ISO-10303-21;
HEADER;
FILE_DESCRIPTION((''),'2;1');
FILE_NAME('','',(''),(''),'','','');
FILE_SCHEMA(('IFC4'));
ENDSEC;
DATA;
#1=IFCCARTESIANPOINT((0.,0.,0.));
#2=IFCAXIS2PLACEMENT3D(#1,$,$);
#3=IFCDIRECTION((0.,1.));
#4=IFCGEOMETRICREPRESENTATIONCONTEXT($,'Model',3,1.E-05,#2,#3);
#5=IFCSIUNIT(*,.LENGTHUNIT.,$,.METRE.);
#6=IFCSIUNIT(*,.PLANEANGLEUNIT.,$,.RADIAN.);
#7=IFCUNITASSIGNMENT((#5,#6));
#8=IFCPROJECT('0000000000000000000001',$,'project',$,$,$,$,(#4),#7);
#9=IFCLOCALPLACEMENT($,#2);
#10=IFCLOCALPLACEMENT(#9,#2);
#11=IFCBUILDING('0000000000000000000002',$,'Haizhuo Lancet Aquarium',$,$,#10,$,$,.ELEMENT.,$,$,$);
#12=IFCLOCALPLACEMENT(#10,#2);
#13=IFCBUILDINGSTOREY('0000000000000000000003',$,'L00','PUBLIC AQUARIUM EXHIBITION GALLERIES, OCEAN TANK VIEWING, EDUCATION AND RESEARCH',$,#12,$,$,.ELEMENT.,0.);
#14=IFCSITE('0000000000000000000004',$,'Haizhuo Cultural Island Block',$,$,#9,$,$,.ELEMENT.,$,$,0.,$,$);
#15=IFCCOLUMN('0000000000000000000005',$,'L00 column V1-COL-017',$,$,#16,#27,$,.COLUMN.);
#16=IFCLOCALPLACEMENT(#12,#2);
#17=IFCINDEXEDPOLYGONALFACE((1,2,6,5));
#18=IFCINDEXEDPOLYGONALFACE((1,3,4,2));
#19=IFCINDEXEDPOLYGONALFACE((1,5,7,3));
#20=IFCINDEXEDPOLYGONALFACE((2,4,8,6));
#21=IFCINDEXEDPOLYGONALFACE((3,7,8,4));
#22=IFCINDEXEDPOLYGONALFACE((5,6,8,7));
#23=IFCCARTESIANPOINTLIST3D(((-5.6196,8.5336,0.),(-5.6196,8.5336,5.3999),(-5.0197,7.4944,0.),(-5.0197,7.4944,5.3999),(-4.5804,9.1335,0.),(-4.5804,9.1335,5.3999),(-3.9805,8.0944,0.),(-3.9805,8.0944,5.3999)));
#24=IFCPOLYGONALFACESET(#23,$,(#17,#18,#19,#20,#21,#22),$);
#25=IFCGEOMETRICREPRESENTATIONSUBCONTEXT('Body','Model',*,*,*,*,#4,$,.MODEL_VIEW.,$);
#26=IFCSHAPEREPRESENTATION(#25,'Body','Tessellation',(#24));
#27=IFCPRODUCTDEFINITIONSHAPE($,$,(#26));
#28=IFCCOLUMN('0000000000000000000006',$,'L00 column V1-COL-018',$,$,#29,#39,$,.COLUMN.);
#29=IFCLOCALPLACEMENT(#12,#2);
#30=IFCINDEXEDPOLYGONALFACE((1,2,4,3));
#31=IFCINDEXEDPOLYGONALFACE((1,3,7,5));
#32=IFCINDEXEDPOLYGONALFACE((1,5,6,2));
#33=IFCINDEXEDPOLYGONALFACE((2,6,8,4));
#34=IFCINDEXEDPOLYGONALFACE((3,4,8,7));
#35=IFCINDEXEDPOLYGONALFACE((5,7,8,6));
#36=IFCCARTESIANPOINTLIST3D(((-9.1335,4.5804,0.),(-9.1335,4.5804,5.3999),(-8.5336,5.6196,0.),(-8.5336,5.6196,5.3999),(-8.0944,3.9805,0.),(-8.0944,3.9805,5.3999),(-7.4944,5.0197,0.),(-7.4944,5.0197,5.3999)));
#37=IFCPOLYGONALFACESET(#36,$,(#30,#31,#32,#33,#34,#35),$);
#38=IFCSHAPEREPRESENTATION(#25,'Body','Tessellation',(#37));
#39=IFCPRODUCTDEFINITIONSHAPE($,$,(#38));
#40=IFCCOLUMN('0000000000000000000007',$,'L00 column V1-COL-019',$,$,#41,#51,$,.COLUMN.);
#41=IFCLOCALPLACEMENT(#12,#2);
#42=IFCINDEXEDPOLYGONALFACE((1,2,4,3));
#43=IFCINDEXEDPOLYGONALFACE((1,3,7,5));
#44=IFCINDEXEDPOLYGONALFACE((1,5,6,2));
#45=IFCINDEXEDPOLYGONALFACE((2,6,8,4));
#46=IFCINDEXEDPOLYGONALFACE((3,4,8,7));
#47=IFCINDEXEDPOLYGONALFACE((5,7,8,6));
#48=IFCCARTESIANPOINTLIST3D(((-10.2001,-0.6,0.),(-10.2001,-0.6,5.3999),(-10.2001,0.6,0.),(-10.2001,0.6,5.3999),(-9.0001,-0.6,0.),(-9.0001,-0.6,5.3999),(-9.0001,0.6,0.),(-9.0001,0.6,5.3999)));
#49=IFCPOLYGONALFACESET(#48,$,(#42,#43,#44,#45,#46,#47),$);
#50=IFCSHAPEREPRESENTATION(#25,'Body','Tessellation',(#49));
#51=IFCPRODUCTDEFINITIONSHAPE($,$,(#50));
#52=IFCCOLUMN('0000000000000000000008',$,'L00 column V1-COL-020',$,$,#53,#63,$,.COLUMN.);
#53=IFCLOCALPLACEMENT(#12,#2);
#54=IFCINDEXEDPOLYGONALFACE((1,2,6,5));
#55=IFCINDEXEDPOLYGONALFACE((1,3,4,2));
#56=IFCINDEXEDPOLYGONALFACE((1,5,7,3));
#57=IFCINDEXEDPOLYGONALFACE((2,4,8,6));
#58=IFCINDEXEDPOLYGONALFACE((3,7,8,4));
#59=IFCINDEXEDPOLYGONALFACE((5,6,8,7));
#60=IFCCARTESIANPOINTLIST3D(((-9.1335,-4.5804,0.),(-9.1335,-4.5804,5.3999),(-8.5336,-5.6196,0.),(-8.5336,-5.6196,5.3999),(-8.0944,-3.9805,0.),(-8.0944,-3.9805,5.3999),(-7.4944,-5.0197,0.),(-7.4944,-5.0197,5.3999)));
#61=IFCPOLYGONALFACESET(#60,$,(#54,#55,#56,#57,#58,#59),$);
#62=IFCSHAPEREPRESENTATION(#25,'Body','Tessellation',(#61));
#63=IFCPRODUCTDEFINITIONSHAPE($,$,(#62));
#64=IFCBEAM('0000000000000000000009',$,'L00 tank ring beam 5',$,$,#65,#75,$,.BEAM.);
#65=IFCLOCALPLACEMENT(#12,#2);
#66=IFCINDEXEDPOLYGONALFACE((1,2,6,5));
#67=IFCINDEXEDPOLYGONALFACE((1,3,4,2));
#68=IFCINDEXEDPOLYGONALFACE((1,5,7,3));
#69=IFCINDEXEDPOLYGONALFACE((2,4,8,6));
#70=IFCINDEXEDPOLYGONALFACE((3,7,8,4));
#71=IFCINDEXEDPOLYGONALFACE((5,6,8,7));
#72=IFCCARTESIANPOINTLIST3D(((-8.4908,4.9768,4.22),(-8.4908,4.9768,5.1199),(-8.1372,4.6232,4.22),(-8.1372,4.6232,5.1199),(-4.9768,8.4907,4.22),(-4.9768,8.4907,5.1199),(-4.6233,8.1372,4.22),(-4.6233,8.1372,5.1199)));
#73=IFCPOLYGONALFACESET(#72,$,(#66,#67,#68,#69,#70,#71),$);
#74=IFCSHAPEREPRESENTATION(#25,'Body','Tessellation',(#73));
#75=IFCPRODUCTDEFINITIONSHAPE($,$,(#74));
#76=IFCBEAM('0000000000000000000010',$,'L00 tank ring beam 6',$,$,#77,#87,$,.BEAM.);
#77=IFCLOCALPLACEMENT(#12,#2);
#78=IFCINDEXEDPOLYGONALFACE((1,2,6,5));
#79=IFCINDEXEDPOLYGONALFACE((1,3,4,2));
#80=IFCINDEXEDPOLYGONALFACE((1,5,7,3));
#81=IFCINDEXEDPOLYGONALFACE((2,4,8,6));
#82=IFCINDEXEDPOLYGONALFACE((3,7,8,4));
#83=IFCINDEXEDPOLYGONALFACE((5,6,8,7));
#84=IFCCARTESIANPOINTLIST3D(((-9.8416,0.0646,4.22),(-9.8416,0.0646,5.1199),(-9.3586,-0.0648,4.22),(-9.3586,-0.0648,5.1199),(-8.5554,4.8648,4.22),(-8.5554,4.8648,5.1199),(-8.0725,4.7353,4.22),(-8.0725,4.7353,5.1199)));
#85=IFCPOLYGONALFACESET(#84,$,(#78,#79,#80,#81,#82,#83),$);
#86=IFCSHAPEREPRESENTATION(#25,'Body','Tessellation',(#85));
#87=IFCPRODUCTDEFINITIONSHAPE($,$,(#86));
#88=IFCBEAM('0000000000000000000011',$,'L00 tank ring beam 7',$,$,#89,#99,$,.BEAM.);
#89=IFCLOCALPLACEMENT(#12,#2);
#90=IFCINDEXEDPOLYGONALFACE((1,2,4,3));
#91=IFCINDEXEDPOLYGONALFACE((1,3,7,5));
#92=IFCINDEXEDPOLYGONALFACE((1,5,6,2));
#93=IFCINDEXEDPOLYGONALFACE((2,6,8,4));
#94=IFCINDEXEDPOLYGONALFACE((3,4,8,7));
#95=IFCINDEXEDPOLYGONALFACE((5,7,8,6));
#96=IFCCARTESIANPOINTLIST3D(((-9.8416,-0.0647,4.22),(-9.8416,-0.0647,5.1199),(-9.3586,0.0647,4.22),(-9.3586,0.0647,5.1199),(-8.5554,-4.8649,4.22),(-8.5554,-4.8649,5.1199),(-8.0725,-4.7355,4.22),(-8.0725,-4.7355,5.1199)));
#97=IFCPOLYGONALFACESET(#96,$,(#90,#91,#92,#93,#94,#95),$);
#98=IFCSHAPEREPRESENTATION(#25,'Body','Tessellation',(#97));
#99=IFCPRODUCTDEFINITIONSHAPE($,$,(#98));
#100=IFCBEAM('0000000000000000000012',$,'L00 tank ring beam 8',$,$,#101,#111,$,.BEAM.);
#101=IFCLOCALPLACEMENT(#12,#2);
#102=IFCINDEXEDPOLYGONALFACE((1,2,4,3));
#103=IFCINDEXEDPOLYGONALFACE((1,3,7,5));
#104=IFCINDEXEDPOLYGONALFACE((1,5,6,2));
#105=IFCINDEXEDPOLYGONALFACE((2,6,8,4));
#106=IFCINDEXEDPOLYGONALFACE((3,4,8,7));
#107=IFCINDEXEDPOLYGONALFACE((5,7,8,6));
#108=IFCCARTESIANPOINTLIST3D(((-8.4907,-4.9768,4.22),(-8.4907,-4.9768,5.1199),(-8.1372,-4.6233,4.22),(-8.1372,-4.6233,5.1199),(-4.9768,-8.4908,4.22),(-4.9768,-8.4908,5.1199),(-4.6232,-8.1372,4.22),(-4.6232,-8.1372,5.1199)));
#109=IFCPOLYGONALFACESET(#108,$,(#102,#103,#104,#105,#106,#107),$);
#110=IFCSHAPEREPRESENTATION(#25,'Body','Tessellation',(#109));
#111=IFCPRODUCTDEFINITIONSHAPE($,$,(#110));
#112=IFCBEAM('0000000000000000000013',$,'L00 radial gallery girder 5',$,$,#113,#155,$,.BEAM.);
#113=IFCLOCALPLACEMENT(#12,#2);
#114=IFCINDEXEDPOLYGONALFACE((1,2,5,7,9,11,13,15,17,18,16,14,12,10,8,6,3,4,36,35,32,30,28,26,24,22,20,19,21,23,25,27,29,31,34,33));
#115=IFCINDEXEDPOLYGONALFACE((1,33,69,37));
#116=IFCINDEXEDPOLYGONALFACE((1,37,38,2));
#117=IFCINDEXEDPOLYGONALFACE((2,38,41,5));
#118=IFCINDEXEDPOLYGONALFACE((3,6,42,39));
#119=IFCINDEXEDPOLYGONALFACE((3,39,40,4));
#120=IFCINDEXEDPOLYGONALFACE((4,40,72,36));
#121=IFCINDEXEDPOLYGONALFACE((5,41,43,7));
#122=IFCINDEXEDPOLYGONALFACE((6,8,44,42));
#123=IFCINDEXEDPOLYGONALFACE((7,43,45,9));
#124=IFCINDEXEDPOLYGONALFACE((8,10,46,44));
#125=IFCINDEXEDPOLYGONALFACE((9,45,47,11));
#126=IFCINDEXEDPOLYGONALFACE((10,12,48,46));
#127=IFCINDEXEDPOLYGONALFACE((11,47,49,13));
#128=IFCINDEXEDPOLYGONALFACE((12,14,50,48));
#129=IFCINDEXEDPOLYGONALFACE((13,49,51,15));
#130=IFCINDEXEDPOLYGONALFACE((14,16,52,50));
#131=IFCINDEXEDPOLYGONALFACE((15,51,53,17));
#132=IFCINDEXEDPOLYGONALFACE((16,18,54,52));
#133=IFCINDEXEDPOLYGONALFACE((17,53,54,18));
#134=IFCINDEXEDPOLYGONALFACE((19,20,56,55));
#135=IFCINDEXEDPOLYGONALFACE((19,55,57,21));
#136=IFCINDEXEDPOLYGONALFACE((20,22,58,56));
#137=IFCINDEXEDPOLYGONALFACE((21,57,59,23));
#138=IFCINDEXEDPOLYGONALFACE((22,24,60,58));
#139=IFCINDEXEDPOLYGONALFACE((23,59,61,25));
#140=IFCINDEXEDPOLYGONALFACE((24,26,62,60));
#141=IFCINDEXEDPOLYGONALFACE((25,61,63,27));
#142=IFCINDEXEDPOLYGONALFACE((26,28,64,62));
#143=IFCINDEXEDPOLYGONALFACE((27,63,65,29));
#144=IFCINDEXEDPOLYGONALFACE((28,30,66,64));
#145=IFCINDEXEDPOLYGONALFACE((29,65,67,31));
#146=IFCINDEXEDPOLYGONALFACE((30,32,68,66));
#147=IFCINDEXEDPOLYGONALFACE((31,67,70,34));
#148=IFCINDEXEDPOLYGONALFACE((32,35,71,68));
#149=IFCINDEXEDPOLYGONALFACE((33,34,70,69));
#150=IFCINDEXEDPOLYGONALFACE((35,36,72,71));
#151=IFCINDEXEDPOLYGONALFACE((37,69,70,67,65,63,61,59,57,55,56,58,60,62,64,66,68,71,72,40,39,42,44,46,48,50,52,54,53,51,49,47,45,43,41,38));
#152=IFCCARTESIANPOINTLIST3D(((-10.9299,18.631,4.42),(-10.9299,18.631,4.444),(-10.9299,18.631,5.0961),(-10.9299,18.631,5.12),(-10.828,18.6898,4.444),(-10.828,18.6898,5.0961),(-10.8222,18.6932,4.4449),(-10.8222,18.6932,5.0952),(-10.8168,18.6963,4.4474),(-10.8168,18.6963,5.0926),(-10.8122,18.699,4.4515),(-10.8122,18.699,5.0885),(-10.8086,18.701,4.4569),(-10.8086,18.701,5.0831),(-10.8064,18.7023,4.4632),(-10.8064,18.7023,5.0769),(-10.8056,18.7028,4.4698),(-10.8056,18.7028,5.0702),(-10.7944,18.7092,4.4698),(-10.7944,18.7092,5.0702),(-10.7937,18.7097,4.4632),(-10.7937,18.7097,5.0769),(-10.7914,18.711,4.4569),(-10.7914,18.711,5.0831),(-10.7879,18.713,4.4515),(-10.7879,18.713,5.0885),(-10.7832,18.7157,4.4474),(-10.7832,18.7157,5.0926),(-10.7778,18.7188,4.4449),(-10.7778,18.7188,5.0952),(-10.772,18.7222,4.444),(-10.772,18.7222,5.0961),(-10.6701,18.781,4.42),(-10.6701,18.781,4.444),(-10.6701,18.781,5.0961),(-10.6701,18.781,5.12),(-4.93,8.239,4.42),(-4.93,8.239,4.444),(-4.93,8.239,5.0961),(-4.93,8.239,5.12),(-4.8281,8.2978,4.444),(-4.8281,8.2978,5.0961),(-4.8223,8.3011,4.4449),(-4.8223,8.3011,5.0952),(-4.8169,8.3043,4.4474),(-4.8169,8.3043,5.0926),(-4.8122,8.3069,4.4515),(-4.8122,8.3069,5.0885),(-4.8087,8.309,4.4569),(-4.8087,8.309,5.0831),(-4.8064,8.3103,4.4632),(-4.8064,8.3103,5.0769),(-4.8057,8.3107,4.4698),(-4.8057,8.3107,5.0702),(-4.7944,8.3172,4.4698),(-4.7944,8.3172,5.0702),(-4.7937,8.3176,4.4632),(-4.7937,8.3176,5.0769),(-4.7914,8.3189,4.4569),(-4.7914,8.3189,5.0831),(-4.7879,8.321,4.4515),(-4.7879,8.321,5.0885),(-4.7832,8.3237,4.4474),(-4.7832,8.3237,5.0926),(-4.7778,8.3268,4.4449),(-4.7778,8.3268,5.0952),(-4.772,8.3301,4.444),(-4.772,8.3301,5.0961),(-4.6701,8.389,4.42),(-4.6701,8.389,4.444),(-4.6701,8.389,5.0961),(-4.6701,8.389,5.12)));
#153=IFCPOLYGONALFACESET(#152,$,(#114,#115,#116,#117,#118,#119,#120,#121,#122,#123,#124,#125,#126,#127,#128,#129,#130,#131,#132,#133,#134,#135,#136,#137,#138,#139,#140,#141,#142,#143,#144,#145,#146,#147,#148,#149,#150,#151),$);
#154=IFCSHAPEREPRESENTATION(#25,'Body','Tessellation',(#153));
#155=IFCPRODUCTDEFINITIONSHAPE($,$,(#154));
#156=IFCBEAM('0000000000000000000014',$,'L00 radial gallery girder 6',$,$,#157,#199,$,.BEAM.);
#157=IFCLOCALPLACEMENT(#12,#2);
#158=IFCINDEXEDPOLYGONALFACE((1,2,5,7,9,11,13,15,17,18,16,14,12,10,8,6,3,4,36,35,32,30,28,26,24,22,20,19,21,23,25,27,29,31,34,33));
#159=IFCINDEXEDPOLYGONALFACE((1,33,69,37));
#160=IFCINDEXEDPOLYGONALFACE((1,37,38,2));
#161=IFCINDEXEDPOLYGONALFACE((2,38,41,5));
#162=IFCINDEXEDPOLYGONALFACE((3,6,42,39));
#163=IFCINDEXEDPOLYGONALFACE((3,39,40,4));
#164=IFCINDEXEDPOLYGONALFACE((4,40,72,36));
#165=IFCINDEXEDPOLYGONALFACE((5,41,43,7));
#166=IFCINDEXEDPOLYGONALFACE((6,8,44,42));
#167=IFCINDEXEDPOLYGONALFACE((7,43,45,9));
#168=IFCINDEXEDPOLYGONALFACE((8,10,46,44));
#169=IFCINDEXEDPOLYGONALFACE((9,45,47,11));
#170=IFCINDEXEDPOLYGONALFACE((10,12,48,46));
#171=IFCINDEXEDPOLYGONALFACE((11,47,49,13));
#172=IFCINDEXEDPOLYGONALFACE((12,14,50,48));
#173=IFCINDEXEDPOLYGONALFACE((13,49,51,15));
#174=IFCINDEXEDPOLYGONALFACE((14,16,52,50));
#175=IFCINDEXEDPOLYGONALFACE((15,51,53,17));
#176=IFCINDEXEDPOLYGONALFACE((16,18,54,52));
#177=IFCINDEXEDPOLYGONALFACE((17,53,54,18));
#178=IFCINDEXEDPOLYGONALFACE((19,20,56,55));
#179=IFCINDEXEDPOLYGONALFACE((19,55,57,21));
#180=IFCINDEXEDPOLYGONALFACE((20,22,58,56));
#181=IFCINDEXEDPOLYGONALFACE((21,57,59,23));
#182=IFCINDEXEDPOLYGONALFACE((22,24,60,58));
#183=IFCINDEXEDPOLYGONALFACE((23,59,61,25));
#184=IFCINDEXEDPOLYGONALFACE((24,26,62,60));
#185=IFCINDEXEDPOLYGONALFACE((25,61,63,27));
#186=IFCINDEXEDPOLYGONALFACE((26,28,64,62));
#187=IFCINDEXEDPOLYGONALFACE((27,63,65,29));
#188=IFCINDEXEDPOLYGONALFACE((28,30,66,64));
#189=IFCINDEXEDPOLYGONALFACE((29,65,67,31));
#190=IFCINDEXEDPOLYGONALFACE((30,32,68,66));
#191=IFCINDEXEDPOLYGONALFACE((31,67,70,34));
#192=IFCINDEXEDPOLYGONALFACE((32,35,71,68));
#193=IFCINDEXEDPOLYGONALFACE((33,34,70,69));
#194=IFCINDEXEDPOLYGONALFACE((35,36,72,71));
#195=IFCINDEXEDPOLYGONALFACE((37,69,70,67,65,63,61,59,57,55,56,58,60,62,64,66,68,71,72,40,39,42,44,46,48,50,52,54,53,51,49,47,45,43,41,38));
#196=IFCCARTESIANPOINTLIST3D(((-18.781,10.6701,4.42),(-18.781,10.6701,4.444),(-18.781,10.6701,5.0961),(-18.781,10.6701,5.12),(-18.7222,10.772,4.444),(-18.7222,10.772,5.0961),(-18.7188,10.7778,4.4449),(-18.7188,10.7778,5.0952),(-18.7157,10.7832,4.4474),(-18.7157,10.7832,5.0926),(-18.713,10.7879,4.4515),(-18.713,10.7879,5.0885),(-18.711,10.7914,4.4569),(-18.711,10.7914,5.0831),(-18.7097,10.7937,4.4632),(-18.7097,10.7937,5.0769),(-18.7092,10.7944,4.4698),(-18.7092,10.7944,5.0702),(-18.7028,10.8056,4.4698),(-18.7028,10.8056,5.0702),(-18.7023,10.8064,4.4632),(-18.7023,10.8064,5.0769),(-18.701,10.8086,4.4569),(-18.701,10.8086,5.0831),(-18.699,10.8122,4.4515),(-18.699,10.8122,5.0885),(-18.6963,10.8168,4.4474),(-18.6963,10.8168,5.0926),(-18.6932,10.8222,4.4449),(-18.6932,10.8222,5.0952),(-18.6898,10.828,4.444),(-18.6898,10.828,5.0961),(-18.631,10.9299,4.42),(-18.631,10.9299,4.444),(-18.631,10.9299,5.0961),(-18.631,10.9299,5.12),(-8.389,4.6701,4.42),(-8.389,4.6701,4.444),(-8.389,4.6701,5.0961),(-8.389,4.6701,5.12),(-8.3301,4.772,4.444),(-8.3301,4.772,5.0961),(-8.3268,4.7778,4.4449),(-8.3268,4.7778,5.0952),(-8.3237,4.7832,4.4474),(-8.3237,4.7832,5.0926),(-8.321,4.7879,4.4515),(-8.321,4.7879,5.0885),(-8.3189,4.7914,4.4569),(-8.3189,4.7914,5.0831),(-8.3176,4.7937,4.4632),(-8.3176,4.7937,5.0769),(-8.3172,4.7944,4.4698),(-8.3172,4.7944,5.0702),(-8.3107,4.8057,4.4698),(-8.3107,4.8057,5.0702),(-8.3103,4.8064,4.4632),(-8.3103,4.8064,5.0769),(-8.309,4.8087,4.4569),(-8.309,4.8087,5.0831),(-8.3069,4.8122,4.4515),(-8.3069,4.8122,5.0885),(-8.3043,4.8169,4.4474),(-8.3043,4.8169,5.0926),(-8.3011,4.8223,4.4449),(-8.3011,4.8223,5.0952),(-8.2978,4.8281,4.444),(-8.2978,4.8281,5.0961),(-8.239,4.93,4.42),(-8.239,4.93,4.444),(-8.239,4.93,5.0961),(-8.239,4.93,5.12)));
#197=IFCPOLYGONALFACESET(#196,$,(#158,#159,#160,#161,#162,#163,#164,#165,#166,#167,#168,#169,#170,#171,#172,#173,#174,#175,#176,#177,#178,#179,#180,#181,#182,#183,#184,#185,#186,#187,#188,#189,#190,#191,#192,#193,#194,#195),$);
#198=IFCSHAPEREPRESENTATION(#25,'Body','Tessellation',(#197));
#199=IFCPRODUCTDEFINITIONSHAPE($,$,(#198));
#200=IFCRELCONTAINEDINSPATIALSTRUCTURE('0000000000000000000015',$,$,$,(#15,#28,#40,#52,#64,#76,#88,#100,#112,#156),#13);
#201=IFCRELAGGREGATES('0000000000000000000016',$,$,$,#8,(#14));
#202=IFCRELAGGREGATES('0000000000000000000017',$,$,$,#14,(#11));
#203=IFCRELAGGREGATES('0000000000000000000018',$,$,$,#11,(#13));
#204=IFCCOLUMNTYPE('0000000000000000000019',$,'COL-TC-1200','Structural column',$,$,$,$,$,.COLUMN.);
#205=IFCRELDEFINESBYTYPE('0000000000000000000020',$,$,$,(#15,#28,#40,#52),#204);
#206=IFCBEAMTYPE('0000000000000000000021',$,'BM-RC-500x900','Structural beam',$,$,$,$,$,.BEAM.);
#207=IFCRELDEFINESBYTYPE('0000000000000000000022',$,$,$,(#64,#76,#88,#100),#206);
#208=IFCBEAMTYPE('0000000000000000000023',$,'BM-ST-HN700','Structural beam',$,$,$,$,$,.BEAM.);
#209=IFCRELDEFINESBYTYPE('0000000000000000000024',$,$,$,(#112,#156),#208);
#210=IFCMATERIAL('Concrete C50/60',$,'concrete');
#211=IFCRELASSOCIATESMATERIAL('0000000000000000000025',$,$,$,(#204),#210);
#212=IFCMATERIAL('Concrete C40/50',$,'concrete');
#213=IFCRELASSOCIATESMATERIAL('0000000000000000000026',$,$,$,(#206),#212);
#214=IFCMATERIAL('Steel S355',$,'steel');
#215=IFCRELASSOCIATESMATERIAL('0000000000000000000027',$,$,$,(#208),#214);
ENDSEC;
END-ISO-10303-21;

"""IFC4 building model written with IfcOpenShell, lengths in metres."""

from ifc_helpers import new_model, si_unit, direction, frame, origin, origin_2d, place, context, subcontext, project, spatial, rectangle, i_section, extrude, material, material_profile, profile_set, type_object, element, save


model = new_model("IFC4")

# Units and contexts
model_context = context("Model", 3, precision=1e-05, world=origin(), true_north=direction((0.0, 1.0)))
body_context = subcontext(model_context, "Body", "Model", "MODEL_VIEW")
ifc_project = project(units=[si_unit("LENGTHUNIT", "METRE"), si_unit("PLANEANGLEUNIT", "RADIAN")], contexts=[model_context])

# Site, building, storey
site_placement = place(None, origin())
site = spatial("IfcSite", under=ifc_project, at=site_placement, Name="Haizhuo Cultural Island Block", CompositionType="ELEMENT", RefElevation=0.0)
building_placement = place(site_placement, origin())
building = spatial("IfcBuilding", under=site, at=building_placement, Name="Haizhuo Lancet Aquarium", CompositionType="ELEMENT")
storey_placement = place(building_placement, origin())
storey = spatial("IfcBuildingStorey", under=building, at=storey_placement, Name="L00", Description="PUBLIC AQUARIUM EXHIBITION GALLERIES, OCEAN TANK VIEWING, EDUCATION AND RESEARCH", CompositionType="ELEMENT", Elevation=0.0)

# Columns
ifc_material_1 = material(Name="Concrete C50/60", Category="concrete")
ifc_material_profile_1 = material_profile(ifc_material_1, rectangle(XDim=1.2, YDim=1.2, at=origin_2d()), Name="RC-COL 1200x1200")
ifc_profile_set_1 = profile_set([ifc_material_profile_1], Name="Concrete C50/60")
column_type = type_object("IfcColumnType", Name="COL-TC-1200", Description="Structural column", PredefinedType="COLUMN", material=ifc_profile_set_1)
for number, where, z_axis, x_axis, name in (
    (1, (-4.8, 8.314, 0.0), (0.0, 0.0, 1.0), (-0.5, 0.866025, 0.0), "L00 column V1-COL-017"),
    (2, (-8.314, 4.8, 0.0), (0.0, 0.0, 1.0), (-0.866025, 0.5, 0.0), "L00 column V1-COL-018"),
    (3, (-9.6001, 0.0, 0.0), (0.0, 0.0, 1.0), (-1.0, 0.0, 0.0), "L00 column V1-COL-019"),
    (4, (-8.314, -4.8, 0.0), (0.0, 0.0, 1.0), (-0.866025, -0.5, 0.0), "L00 column V1-COL-020"),
):
    element("IfcColumn", number, at=place(storey_placement, frame(where, z_axis=z_axis, x_axis=x_axis)), inside=storey, type_object=column_type, Name=name, PredefinedType="COLUMN", context=body_context, shape_type="SweptSolid", body=[
        extrude(rectangle(XDim=1.2, YDim=1.2, at=origin_2d()), origin(), (0.0, 0.0, 1.0), 5.3999),
    ])

# Beams
ifc_material_2 = material(Name="Concrete C40/50", Category="concrete")
ifc_material_profile_2 = material_profile(ifc_material_2, rectangle(XDim=0.5, YDim=0.8999, at=origin_2d()), Name="RC-BM 500x900")
ifc_profile_set_2 = profile_set([ifc_material_profile_2], Name="Concrete C40/50")
beam_type_1 = type_object("IfcBeamType", Name="BM-RC-500x900", Description="Structural beam", PredefinedType="BEAM", material=ifc_profile_set_2)
for number, where, z_axis, x_axis, name in (
    (5, (-4.8, 8.314, 4.6699), (-0.707107, -0.707107, 0.0), (0.707107, -0.707107, 0.0), "L00 tank ring beam 5"),
    (6, (-8.314, 4.8, 4.6699), (-0.258812, -0.965928, 0.0), (0.965928, -0.258812, 0.0), "L00 tank ring beam 6"),
    (7, (-9.6001, 0.0, 4.6699), (0.258812, -0.965928, 0.0), (0.965928, 0.258812, 0.0), "L00 tank ring beam 7"),
    (8, (-8.314, -4.8, 4.6699), (0.707107, -0.707107, 0.0), (0.707107, 0.707107, 0.0), "L00 tank ring beam 8"),
):
    element("IfcBeam", number, at=place(storey_placement, frame(where, z_axis=z_axis, x_axis=x_axis)), inside=storey, type_object=beam_type_1, Name=name, PredefinedType="BEAM", context=body_context, shape_type="SweptSolid", body=[
        extrude(rectangle(XDim=0.5, YDim=0.8999, at=origin_2d()), origin(), (0.0, 0.0, 1.0), 4.9695),
    ])
ifc_material_3 = material(Name="Steel S355", Category="steel")
ifc_material_profile_3 = material_profile(ifc_material_3, i_section(OverallWidth=0.3, OverallDepth=0.7, WebThickness=0.0129, FlangeThickness=0.0239, FilletRadius=0.0259, at=origin_2d()), Name="HN 700x300x13x24")
ifc_profile_set_3 = profile_set([ifc_material_profile_3], Name="Steel S355")
beam_type_2 = type_object("IfcBeamType", Name="BM-ST-HN700", Description="Structural beam", PredefinedType="BEAM", material=ifc_profile_set_3)
for number, where, z_axis, x_axis, name in (
    (9, (-4.8, 8.314, 4.77), (-0.500008, 0.866021, 0.0), (-0.866021, -0.500008, 0.0), "L00 radial gallery girder 5"),
    (10, (-8.314, 4.8, 4.77), (-0.866021, 0.500008, 0.0), (-0.500008, -0.866021, 0.0), "L00 radial gallery girder 6"),
):
    element("IfcBeam", number, at=place(storey_placement, frame(where, z_axis=z_axis, x_axis=x_axis)), inside=storey, type_object=beam_type_2, Name=name, PredefinedType="BEAM", context=body_context, shape_type="SweptSolid", body=[
        extrude(i_section(OverallWidth=0.3, OverallDepth=0.7, WebThickness=0.0129, FlangeThickness=0.0239, FilletRadius=0.0259, at=origin_2d()), origin(), (0.0, 0.0, 1.0), 11.9998),
    ])

save(model, "model.ifc")
